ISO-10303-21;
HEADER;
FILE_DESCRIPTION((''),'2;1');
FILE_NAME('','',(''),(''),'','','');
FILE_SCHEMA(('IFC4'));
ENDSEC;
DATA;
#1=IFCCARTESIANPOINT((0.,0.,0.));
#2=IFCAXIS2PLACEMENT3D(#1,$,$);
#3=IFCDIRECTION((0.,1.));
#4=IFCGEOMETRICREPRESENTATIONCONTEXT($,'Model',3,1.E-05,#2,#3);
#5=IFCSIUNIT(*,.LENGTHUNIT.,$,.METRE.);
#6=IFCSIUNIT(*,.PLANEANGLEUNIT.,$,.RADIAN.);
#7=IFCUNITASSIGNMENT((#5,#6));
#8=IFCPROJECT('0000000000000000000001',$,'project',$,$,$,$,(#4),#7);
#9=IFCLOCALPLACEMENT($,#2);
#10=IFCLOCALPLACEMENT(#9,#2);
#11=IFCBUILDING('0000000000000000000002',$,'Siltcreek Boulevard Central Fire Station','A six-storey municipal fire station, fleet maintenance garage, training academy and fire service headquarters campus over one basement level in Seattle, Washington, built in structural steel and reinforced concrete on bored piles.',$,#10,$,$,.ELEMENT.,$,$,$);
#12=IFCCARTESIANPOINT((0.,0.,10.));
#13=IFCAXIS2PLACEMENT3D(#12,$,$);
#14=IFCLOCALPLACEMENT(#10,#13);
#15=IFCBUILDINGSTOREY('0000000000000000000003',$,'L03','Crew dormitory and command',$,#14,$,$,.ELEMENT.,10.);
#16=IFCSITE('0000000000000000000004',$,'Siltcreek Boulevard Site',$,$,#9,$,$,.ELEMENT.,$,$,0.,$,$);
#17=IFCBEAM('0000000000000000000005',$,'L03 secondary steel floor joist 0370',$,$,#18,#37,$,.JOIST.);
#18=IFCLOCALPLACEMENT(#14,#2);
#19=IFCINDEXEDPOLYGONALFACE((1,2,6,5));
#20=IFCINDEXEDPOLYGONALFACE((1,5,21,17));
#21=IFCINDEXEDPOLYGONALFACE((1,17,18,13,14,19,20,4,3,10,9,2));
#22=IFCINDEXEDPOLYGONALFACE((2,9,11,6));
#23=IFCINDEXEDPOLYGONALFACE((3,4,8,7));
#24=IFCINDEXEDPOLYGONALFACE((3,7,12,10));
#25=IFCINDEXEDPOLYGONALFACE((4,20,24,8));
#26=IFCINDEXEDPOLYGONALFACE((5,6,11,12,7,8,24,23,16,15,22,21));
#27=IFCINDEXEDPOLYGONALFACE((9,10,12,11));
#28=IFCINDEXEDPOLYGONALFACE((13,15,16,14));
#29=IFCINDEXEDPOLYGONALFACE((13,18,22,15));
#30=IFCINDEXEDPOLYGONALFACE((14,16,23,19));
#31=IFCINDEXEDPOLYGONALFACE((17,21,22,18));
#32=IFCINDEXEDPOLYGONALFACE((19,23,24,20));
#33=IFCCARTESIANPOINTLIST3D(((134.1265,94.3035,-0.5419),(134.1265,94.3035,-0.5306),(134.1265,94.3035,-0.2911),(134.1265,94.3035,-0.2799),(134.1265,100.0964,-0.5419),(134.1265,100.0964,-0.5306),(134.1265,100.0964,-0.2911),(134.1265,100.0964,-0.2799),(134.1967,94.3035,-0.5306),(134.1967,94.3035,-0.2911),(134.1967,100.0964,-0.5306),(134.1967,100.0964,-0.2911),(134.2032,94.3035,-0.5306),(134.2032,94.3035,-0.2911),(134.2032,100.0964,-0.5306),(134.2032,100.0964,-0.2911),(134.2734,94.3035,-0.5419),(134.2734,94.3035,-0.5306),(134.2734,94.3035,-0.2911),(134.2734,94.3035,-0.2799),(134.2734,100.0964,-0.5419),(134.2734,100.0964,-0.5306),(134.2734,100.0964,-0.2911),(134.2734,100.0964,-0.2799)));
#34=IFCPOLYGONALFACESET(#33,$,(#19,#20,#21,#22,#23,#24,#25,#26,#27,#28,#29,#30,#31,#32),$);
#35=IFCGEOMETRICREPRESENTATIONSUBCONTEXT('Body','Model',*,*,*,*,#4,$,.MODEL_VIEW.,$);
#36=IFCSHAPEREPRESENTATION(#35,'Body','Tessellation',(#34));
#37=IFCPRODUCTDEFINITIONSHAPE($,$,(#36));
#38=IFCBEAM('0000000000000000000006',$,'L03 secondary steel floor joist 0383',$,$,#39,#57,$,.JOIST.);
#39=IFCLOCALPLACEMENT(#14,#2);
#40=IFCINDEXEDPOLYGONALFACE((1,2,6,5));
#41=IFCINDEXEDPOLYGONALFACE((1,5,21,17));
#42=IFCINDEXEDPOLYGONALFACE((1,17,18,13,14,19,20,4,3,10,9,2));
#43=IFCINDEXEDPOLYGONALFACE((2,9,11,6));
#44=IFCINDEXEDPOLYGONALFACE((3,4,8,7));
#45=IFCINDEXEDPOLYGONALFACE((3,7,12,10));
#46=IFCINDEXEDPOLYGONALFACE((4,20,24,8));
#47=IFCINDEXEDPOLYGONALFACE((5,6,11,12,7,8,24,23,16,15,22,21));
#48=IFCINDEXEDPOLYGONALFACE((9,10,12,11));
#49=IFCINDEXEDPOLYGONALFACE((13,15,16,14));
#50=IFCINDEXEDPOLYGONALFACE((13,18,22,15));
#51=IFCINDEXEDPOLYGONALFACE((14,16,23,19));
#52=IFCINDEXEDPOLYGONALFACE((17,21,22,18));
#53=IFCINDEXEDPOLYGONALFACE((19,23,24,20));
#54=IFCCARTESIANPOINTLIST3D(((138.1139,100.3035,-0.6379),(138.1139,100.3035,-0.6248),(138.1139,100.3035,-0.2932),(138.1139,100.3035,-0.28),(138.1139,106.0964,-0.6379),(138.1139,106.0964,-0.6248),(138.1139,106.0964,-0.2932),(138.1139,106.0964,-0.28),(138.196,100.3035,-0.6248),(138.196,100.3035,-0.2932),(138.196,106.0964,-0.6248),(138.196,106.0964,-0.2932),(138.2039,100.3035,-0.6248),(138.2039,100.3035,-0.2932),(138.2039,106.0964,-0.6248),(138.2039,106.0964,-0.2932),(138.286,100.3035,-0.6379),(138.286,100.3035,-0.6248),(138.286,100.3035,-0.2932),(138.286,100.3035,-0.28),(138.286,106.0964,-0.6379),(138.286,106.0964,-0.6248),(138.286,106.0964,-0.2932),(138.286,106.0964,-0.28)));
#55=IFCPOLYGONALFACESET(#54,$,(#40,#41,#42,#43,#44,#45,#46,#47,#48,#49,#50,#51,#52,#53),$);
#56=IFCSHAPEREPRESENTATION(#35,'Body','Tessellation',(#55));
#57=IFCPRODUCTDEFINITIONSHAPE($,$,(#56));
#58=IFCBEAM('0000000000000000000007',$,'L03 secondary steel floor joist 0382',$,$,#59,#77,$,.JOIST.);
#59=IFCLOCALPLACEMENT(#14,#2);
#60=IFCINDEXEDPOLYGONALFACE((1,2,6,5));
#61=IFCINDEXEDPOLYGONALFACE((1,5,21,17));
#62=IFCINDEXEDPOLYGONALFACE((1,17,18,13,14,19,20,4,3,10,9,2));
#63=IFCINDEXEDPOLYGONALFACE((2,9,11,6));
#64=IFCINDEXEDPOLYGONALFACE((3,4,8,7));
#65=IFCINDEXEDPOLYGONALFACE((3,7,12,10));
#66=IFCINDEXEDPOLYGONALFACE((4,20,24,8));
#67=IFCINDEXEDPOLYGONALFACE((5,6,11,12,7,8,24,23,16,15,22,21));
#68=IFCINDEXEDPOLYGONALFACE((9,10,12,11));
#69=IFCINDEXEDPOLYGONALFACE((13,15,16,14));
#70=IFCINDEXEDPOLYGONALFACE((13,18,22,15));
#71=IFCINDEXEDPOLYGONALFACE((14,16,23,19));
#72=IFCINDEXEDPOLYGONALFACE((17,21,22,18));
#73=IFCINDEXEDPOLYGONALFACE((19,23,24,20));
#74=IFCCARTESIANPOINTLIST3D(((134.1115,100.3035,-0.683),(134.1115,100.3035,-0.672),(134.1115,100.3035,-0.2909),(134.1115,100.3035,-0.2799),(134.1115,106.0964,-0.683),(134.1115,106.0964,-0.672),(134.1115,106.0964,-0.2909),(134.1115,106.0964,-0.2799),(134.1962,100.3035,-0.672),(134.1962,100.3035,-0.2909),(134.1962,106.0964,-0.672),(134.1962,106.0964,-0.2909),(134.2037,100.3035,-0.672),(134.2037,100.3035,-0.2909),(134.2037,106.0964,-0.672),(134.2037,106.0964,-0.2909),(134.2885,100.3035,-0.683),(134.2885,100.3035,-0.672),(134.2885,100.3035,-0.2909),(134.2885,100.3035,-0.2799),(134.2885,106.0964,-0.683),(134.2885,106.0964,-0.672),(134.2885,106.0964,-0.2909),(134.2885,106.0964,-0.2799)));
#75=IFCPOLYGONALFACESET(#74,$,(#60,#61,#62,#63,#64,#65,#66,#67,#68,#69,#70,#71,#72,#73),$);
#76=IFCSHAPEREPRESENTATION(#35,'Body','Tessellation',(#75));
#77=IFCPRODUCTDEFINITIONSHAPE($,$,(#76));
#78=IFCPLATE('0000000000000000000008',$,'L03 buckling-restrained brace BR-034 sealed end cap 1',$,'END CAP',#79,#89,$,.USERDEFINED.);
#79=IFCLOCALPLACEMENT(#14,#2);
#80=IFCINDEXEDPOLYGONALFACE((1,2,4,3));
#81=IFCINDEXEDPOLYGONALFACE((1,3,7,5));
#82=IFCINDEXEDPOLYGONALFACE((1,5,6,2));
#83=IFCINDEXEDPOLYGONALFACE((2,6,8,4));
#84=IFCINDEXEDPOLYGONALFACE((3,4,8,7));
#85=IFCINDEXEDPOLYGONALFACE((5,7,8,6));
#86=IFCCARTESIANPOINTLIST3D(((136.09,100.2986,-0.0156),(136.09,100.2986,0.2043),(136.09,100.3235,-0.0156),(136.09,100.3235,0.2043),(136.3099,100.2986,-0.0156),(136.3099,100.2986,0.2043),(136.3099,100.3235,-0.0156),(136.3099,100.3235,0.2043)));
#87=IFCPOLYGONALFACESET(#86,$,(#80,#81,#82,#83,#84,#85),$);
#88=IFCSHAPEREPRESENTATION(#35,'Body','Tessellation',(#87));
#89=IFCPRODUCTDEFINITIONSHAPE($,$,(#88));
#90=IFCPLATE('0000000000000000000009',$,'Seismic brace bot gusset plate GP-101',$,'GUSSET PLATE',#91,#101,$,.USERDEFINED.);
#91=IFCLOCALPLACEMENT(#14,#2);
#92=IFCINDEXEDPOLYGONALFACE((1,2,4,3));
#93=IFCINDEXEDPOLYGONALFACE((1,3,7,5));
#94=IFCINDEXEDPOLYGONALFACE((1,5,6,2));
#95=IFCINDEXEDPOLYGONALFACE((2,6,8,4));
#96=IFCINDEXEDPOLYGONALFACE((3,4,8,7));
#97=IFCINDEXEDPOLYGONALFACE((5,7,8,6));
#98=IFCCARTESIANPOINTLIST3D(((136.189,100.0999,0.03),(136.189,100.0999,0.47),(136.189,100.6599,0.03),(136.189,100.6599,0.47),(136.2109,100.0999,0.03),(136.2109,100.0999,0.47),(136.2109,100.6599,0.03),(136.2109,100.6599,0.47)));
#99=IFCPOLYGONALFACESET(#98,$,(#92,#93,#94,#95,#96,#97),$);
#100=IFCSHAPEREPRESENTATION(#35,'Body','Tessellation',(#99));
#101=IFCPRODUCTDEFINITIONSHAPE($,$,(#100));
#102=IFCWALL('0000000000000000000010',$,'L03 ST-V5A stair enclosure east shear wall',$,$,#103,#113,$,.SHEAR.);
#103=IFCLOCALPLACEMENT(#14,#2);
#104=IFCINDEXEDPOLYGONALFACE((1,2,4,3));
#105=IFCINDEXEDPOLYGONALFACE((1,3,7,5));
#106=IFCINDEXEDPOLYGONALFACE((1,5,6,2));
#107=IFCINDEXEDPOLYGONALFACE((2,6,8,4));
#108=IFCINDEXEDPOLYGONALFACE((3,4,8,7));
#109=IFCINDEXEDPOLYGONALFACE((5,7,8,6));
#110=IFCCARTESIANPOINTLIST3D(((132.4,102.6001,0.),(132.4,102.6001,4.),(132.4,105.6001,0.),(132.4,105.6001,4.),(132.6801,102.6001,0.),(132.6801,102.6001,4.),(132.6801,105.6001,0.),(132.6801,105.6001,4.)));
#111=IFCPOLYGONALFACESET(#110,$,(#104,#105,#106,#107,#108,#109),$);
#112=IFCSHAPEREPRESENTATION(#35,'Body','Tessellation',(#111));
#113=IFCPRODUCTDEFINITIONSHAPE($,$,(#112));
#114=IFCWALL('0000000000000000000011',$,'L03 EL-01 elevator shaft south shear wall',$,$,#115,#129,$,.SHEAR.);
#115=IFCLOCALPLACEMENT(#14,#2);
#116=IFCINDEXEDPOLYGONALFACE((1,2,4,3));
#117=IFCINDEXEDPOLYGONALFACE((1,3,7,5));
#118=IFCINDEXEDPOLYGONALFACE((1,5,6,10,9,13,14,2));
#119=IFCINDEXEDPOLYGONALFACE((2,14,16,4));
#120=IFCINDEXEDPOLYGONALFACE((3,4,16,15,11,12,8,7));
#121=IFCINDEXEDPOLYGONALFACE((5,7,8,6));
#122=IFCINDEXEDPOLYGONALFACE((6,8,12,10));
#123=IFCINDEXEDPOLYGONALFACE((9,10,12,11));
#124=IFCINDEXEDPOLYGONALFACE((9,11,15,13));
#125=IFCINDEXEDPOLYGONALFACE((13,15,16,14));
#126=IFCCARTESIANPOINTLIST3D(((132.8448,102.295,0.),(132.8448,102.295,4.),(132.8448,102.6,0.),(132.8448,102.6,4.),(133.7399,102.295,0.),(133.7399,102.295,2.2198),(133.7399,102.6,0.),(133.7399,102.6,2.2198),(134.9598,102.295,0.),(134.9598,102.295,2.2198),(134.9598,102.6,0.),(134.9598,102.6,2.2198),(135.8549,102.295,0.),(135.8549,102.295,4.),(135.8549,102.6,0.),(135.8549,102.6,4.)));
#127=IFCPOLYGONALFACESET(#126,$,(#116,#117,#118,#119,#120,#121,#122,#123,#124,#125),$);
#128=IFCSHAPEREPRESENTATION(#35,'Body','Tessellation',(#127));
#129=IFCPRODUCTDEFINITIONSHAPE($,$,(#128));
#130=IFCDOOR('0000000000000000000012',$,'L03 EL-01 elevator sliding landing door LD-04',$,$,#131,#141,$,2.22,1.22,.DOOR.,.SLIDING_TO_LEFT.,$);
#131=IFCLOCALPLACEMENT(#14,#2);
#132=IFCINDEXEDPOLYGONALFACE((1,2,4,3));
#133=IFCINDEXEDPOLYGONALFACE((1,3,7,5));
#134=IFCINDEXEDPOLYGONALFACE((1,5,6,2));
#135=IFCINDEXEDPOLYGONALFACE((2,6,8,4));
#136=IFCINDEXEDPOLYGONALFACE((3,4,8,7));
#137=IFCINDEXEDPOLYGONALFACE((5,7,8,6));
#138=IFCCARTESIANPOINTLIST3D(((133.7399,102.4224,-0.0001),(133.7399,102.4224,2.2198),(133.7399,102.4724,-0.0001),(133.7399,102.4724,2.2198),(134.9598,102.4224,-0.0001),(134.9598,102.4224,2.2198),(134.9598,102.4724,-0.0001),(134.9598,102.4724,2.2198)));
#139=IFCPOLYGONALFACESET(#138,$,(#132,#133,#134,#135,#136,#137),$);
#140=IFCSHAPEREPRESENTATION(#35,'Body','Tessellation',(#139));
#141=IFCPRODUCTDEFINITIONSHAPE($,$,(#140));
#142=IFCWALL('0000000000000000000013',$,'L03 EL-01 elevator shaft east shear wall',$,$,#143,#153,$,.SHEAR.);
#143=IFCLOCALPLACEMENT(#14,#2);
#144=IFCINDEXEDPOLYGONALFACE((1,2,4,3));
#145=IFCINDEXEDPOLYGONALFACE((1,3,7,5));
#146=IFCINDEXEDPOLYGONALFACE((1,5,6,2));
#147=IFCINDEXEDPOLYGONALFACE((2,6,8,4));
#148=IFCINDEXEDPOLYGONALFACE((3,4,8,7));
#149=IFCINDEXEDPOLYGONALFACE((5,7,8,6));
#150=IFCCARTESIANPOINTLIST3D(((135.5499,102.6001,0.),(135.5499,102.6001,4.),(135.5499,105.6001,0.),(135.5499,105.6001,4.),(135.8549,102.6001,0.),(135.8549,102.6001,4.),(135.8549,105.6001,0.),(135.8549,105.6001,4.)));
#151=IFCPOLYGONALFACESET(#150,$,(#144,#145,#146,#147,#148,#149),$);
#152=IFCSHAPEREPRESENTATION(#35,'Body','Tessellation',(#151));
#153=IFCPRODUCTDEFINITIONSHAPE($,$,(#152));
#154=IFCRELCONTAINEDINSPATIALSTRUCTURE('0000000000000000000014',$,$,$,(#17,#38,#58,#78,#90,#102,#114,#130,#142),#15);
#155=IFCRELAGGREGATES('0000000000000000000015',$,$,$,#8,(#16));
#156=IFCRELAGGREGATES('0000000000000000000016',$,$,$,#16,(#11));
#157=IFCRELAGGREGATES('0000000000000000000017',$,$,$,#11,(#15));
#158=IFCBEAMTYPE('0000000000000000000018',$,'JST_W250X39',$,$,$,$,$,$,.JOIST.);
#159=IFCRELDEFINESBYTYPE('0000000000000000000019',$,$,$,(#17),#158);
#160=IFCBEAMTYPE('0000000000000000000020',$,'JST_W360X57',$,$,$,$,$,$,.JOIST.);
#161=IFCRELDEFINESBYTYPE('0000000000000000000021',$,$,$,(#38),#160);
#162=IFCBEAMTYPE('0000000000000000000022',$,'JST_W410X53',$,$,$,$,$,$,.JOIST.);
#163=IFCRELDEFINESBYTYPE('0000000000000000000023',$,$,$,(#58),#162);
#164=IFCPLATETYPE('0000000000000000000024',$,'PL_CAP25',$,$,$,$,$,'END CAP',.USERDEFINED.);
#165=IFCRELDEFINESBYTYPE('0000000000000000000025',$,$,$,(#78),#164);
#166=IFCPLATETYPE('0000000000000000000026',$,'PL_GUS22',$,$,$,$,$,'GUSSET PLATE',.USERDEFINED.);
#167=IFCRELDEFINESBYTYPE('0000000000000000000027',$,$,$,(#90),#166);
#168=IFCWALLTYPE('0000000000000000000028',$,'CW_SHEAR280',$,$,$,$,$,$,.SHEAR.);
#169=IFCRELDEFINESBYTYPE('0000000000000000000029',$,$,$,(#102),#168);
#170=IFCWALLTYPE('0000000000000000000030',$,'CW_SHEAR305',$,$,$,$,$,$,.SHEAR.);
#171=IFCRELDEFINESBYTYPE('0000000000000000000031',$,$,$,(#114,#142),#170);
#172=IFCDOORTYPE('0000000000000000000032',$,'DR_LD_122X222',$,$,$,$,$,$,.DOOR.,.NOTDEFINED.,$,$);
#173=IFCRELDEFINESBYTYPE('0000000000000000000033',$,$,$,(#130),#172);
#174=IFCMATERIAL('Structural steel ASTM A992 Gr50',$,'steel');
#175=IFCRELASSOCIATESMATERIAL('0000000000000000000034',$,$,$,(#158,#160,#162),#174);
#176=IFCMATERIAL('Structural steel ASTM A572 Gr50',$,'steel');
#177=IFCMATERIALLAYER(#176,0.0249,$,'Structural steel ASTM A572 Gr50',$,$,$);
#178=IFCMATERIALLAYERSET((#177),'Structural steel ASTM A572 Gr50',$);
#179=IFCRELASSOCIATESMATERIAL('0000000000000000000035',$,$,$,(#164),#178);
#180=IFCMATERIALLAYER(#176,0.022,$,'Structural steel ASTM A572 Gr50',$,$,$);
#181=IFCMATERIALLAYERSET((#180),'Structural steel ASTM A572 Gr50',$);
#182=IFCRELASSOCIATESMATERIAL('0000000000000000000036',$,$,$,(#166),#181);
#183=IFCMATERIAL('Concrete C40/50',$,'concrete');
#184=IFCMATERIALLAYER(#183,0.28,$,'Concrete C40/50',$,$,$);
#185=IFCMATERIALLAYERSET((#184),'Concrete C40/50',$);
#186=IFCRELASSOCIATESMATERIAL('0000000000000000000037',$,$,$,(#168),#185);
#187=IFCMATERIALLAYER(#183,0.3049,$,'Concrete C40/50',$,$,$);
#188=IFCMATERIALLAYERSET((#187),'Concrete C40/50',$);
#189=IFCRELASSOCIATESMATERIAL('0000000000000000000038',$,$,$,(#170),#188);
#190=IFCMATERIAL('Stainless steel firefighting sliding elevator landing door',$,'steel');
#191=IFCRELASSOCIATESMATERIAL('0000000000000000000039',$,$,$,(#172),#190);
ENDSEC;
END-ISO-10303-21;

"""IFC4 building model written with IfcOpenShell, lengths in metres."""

from ifc_helpers import new_model, si_unit, direction, frame, frame_2d, origin, origin_2d, place, context, subcontext, project, spatial, rectangle, i_section, extrude, material, layer, layer_set, material_profile, profile_set, type_object, element, fill, save


model = new_model("IFC4")

# Units and contexts
model_context = context("Model", 3, precision=1e-05, world=origin(), true_north=direction((0.0, 1.0)))
body_context = subcontext(model_context, "Body", "Model", "MODEL_VIEW")
ifc_project = project(units=[si_unit("LENGTHUNIT", "METRE"), si_unit("PLANEANGLEUNIT", "RADIAN")], contexts=[model_context])

# Site, building, storey
site_placement = place(None, origin())
site = spatial("IfcSite", under=ifc_project, at=site_placement, Name="Siltcreek Boulevard Site", CompositionType="ELEMENT", RefElevation=0.0)
building_placement = place(site_placement, origin())
building = spatial("IfcBuilding", under=site, at=building_placement, Name="Siltcreek Boulevard Central Fire Station", Description="A six-storey municipal fire station, fleet maintenance garage, training academy and fire service headquarters campus over one basement level in Seattle, Washington, built in structural steel and reinforced concrete on bored piles.", CompositionType="ELEMENT")
storey_placement = place(building_placement, frame((0.0, 0.0, 10.0)))
storey = spatial("IfcBuildingStorey", under=building, at=storey_placement, Name="L03", Description="Crew dormitory and command", CompositionType="ELEMENT", Elevation=10.0)

# Shared definitions
ifc_material_1 = material(Name="Structural steel ASTM A992 Gr50", Category="steel")

# Beams
ifc_material_profile_1 = material_profile(ifc_material_1, i_section(OverallWidth=0.147, OverallDepth=0.262, WebThickness=0.0066, FlangeThickness=0.0112, at=origin_2d()), Name="W250X39")
ifc_profile_set_1 = profile_set([ifc_material_profile_1], Name="Structural steel ASTM A992 Gr50")
beam_type_1 = type_object("IfcBeamType", Name="JST_W250X39", PredefinedType="JOIST", material=ifc_profile_set_1)
beam_1_placement = place(storey_placement, frame((134.2, 94.3035, -0.4109), z_axis=(0.0, 1.0, 0.0), x_axis=(-1.0, 0.0, 0.0)))
element("IfcBeam", 1, at=beam_1_placement, inside=storey, type_object=beam_type_1, Name="L03 secondary steel floor joist 0370", PredefinedType="JOIST", context=body_context, shape_type="SweptSolid", body=[
    extrude(i_section(OverallWidth=0.147, OverallDepth=0.262, WebThickness=0.0066, FlangeThickness=0.0112, at=origin_2d()), origin(), (0.0, 0.0, 1.0), 5.793),
])
ifc_material_profile_2 = material_profile(ifc_material_1, i_section(OverallWidth=0.1721, OverallDepth=0.3579, WebThickness=0.0078, FlangeThickness=0.0132, at=origin_2d()), Name="W360X57")
ifc_profile_set_2 = profile_set([ifc_material_profile_2], Name="Structural steel ASTM A992 Gr50")
beam_type_2 = type_object("IfcBeamType", Name="JST_W360X57", PredefinedType="JOIST", material=ifc_profile_set_2)
beam_2_placement = place(storey_placement, frame((138.2, 100.3035, -0.459), z_axis=(0.0, 1.0, 0.0), x_axis=(-1.0, 0.0, 0.0)))
element("IfcBeam", 2, at=beam_2_placement, inside=storey, type_object=beam_type_2, Name="L03 secondary steel floor joist 0383", PredefinedType="JOIST", context=body_context, shape_type="SweptSolid", body=[
    extrude(i_section(OverallWidth=0.1721, OverallDepth=0.3579, WebThickness=0.0078, FlangeThickness=0.0132, at=origin_2d()), origin(), (0.0, 0.0, 1.0), 5.793),
])
ifc_material_profile_3 = material_profile(ifc_material_1, i_section(OverallWidth=0.177, OverallDepth=0.4031, WebThickness=0.0076, FlangeThickness=0.011, at=origin_2d()), Name="W410X53")
ifc_profile_set_3 = profile_set([ifc_material_profile_3], Name="Structural steel ASTM A992 Gr50")
beam_type_3 = type_object("IfcBeamType", Name="JST_W410X53", PredefinedType="JOIST", material=ifc_profile_set_3)
beam_3_placement = place(storey_placement, frame((134.2, 100.3035, -0.4814), z_axis=(0.0, 1.0, 0.0), x_axis=(-1.0, 0.0, 0.0)))
element("IfcBeam", 3, at=beam_3_placement, inside=storey, type_object=beam_type_3, Name="L03 secondary steel floor joist 0382", PredefinedType="JOIST", context=body_context, shape_type="SweptSolid", body=[
    extrude(i_section(OverallWidth=0.177, OverallDepth=0.4031, WebThickness=0.0076, FlangeThickness=0.011, at=origin_2d()), origin(), (0.0, 0.0, 1.0), 5.793),
])

# Plates
ifc_material_2 = material(Name="Structural steel ASTM A572 Gr50", Category="steel")
ifc_layer_1 = layer(ifc_material_2, 0.0249, Name="Structural steel ASTM A572 Gr50")
ifc_layer_set_1 = layer_set([ifc_layer_1], Name="Structural steel ASTM A572 Gr50")
plate_type_1 = type_object("IfcPlateType", Name="PL_CAP25", ElementType="END CAP", PredefinedType="USERDEFINED", material=ifc_layer_set_1)
plate_1_placement = place(storey_placement, frame((136.2, 100.311, -0.0156), z_axis=(0.0, 0.0, 1.0), x_axis=(0.0, 1.0, 0.0)))
element("IfcPlate", 4, at=plate_1_placement, inside=storey, type_object=plate_type_1, Name="L03 buckling-restrained brace BR-034 sealed end cap 1", ObjectType="END CAP", PredefinedType="USERDEFINED", context=body_context, shape_type="SweptSolid", body=[
    extrude(rectangle(XDim=0.0249, YDim=0.22, at=origin_2d()), origin(), (0.0, 0.0, 1.0), 0.22),
])
ifc_layer_2 = layer(ifc_material_2, 0.022, Name="Structural steel ASTM A572 Gr50")
ifc_layer_set_2 = layer_set([ifc_layer_2], Name="Structural steel ASTM A572 Gr50")
plate_type_2 = type_object("IfcPlateType", Name="PL_GUS22", ElementType="GUSSET PLATE", PredefinedType="USERDEFINED", material=ifc_layer_set_2)
plate_2_placement = place(storey_placement, frame((136.2, 100.3799, 0.03), z_axis=(0.0, 0.0, 1.0), x_axis=(0.0, 1.0, 0.0)))
element("IfcPlate", 5, at=plate_2_placement, inside=storey, type_object=plate_type_2, Name="Seismic brace bot gusset plate GP-101", ObjectType="GUSSET PLATE", PredefinedType="USERDEFINED", context=body_context, shape_type="SweptSolid", body=[
    extrude(rectangle(XDim=0.5601, YDim=0.022, at=origin_2d()), origin(), (0.0, 0.0, 1.0), 0.4399),
])

# Wall
ifc_material_3 = material(Name="Concrete C40/50", Category="concrete")
ifc_layer_3 = layer(ifc_material_3, 0.28, Name="Concrete C40/50")
ifc_layer_set_3 = layer_set([ifc_layer_3], Name="Concrete C40/50")
wall_type_1 = type_object("IfcWallType", Name="CW_SHEAR280", PredefinedType="SHEAR", material=ifc_layer_set_3)
wall_1_placement = place(storey_placement, frame((132.54, 102.6001, 0.0), z_axis=(0.0, 0.0, 1.0), x_axis=(0.0, 1.0, 0.0)))
element("IfcWall", 6, at=wall_1_placement, inside=storey, type_object=wall_type_1, Name="L03 ST-V5A stair enclosure east shear wall", PredefinedType="SHEAR", context=body_context, shape_type="SweptSolid", body=[
    extrude(rectangle(XDim=3.0, YDim=0.28, at=frame_2d((1.5, 0.0))), origin(), (0.0, 0.0, 1.0), 4.0),
])

# Wall, opening, door
ifc_layer_4 = layer(ifc_material_3, 0.3049, Name="Concrete C40/50")
ifc_layer_set_4 = layer_set([ifc_layer_4], Name="Concrete C40/50")
wall_type_2 = type_object("IfcWallType", Name="CW_SHEAR305", PredefinedType="SHEAR", material=ifc_layer_set_4)
wall_2_placement = place(storey_placement, frame((132.845, 102.4475, 0.0), z_axis=(0.0, 0.0, 1.0), x_axis=(1.0, 0.0, 0.0)))
wall_2 = element("IfcWall", 7, at=wall_2_placement, inside=storey, type_object=wall_type_2, Name="L03 EL-01 elevator shaft south shear wall", PredefinedType="SHEAR", context=body_context, shape_type="SweptSolid", body=[
    extrude(rectangle(XDim=3.01, YDim=0.3049, at=frame_2d((1.5049, 0.0))), origin(), (0.0, 0.0, 1.0), 4.0),
])
opening_1_placement = place(wall_2_placement, frame((0.895, 0.0, 0.0)))
opening_1 = element("IfcOpeningElement", 8, at=opening_1_placement, cuts=wall_2, PredefinedType="OPENING", context=body_context, shape_type="SweptSolid", body=[
    extrude(rectangle(XDim=1.22, YDim=2.22, at=frame_2d((0.6099, 1.1099))), frame((0.0, 0.1624, 0.0), z_axis=(0.0, -1.0, 0.0), x_axis=(1.0, 0.0, 0.0)), (0.0, 0.0, 1.0), 0.325),
])
ifc_material_4 = material(Name="Stainless steel firefighting sliding elevator landing door", Category="steel")
door_type_1 = type_object("IfcDoorType", Name="DR_LD_122X222", OperationType="NOTDEFINED", PredefinedType="DOOR", material=ifc_material_4)
door_1_placement = place(opening_1_placement, origin())
door_1 = element("IfcDoor", 9, at=door_1_placement, inside=storey, type_object=door_type_1, Name="L03 EL-01 elevator sliding landing door LD-04", OperationType="SLIDING_TO_LEFT", OverallHeight=2.22, OverallWidth=1.22, PredefinedType="DOOR", context=body_context, shape_type="SweptSolid", body=[
    extrude(rectangle(XDim=1.22, YDim=2.22, at=frame_2d((0.6099, 1.1099))), frame((0.0, 0.0249, 0.0), z_axis=(0.0, -1.0, 0.0), x_axis=(1.0, 0.0, 0.0)), (0.0, 0.0, 1.0), 0.05),
])
fill(opening_1, door_1)

# Wall
wall_3_placement = place(storey_placement, frame((135.7024, 102.6001, 0.0), z_axis=(0.0, 0.0, 1.0), x_axis=(0.0, 1.0, 0.0)))
element("IfcWall", 10, at=wall_3_placement, inside=storey, type_object=wall_type_2, Name="L03 EL-01 elevator shaft east shear wall", PredefinedType="SHEAR", context=body_context, shape_type="SweptSolid", body=[
    extrude(rectangle(XDim=3.0, YDim=0.3049, at=frame_2d((1.5, 0.0))), origin(), (0.0, 0.0, 1.0), 4.0),
])

save(model, "model.ifc")
